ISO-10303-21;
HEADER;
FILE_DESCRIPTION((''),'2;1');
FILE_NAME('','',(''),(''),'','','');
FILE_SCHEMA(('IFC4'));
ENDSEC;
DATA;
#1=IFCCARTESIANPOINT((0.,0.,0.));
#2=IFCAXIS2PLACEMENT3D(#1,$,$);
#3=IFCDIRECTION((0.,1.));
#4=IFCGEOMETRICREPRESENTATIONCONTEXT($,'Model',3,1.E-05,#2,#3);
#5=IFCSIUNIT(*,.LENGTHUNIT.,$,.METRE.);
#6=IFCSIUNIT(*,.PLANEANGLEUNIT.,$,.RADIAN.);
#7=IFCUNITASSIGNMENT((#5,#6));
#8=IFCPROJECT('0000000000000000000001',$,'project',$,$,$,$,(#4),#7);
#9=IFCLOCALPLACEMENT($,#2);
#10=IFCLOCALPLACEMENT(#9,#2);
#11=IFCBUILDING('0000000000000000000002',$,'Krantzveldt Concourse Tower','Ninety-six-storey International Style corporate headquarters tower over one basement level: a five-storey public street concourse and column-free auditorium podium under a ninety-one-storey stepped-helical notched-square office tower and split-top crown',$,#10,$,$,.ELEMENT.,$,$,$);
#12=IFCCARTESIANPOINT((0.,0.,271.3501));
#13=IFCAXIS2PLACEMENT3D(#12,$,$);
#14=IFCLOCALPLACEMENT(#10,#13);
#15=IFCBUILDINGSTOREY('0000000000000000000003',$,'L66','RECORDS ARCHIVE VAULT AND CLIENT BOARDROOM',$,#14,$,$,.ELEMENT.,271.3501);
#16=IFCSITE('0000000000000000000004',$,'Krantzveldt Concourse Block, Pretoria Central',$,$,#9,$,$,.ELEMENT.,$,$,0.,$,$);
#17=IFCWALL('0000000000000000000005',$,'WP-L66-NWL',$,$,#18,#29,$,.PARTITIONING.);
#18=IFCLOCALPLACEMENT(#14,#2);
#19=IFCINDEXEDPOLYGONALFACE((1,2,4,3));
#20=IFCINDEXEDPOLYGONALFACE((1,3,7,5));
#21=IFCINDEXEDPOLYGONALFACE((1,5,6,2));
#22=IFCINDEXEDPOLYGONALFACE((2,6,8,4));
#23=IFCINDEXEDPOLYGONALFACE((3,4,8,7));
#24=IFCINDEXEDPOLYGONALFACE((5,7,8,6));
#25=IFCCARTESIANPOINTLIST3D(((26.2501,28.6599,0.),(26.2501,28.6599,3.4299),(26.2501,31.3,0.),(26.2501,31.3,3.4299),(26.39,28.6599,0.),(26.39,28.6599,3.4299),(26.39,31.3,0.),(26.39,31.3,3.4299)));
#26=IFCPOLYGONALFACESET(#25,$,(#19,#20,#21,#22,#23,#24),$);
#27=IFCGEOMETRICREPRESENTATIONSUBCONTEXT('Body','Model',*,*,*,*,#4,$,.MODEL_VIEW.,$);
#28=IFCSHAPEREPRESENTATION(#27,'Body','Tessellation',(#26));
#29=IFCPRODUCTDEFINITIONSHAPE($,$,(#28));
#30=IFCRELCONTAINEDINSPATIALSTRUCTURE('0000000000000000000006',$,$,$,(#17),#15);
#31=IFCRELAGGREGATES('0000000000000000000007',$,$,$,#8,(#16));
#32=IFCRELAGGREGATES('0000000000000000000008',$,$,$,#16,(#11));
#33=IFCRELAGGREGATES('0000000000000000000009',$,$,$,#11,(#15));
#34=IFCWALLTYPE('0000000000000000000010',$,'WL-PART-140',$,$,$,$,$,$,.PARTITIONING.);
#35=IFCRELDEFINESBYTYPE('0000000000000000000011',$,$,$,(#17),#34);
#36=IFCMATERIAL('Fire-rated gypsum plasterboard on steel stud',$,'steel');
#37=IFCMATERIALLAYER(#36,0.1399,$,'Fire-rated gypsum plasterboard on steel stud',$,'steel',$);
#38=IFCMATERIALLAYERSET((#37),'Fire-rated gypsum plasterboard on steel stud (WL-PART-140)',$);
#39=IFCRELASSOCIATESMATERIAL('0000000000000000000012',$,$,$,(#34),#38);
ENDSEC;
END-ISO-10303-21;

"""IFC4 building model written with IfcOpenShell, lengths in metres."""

from ifc_helpers import new_model, si_unit, direction, frame, frame_2d, origin, place, context, subcontext, project, spatial, rectangle, extrude, material, layer, layer_set, type_object, element, save


model = new_model("IFC4")

# Units and contexts
model_context = context("Model", 3, precision=1e-05, world=origin(), true_north=direction((0.0, 1.0)))
body_context = subcontext(model_context, "Body", "Model", "MODEL_VIEW")
ifc_project = project(units=[si_unit("LENGTHUNIT", "METRE"), si_unit("PLANEANGLEUNIT", "RADIAN")], contexts=[model_context])

# Site, building, storey
site_placement = place(None, origin())
site = spatial("IfcSite", under=ifc_project, at=site_placement, Name="Krantzveldt Concourse Block, Pretoria Central", CompositionType="ELEMENT", RefElevation=0.0)
building_placement = place(site_placement, origin())
building = spatial("IfcBuilding", under=site, at=building_placement, Name="Krantzveldt Concourse Tower", Description="Ninety-six-storey International Style corporate headquarters tower over one basement level: a five-storey public street concourse and column-free auditorium podium under a ninety-one-storey stepped-helical notched-square office tower and split-top crown", CompositionType="ELEMENT")
storey_placement = place(building_placement, frame((0.0, 0.0, 271.3501)))
storey = spatial("IfcBuildingStorey", under=building, at=storey_placement, Name="L66", Description="RECORDS ARCHIVE VAULT AND CLIENT BOARDROOM", CompositionType="ELEMENT", Elevation=271.3501)

# Shared definitions
ifc_material_1 = material(Name="Fire-rated gypsum plasterboard on steel stud", Category="steel")

# Shared definitions
ifc_layer_1 = layer(ifc_material_1, 0.1399, Name="Fire-rated gypsum plasterboard on steel stud", Category="steel")
ifc_layer_set_1 = layer_set([ifc_layer_1], Name="Fire-rated gypsum plasterboard on steel stud (WL-PART-140)")
wall_type_1 = type_object("IfcWallType", Name="WL-PART-140", PredefinedType="PARTITIONING", material=ifc_layer_set_1)

# Wall
wall_1_placement = place(storey_placement, frame((26.3201, 28.6599, 0.0), z_axis=(0.0, 0.0, 1.0), x_axis=(0.0, 1.0, 0.0)))
element("IfcWall", 1, at=wall_1_placement, inside=storey, type_object=wall_type_1, Name="WP-L66-NWL", PredefinedType="PARTITIONING", context=body_context, shape_type="SweptSolid", body=[
    extrude(rectangle(XDim=2.6401, YDim=0.1399, at=frame_2d((1.3201, 0.0))), origin(), (0.0, 0.0, 1.0), 3.4299),
])

save(model, "model.ifc")
